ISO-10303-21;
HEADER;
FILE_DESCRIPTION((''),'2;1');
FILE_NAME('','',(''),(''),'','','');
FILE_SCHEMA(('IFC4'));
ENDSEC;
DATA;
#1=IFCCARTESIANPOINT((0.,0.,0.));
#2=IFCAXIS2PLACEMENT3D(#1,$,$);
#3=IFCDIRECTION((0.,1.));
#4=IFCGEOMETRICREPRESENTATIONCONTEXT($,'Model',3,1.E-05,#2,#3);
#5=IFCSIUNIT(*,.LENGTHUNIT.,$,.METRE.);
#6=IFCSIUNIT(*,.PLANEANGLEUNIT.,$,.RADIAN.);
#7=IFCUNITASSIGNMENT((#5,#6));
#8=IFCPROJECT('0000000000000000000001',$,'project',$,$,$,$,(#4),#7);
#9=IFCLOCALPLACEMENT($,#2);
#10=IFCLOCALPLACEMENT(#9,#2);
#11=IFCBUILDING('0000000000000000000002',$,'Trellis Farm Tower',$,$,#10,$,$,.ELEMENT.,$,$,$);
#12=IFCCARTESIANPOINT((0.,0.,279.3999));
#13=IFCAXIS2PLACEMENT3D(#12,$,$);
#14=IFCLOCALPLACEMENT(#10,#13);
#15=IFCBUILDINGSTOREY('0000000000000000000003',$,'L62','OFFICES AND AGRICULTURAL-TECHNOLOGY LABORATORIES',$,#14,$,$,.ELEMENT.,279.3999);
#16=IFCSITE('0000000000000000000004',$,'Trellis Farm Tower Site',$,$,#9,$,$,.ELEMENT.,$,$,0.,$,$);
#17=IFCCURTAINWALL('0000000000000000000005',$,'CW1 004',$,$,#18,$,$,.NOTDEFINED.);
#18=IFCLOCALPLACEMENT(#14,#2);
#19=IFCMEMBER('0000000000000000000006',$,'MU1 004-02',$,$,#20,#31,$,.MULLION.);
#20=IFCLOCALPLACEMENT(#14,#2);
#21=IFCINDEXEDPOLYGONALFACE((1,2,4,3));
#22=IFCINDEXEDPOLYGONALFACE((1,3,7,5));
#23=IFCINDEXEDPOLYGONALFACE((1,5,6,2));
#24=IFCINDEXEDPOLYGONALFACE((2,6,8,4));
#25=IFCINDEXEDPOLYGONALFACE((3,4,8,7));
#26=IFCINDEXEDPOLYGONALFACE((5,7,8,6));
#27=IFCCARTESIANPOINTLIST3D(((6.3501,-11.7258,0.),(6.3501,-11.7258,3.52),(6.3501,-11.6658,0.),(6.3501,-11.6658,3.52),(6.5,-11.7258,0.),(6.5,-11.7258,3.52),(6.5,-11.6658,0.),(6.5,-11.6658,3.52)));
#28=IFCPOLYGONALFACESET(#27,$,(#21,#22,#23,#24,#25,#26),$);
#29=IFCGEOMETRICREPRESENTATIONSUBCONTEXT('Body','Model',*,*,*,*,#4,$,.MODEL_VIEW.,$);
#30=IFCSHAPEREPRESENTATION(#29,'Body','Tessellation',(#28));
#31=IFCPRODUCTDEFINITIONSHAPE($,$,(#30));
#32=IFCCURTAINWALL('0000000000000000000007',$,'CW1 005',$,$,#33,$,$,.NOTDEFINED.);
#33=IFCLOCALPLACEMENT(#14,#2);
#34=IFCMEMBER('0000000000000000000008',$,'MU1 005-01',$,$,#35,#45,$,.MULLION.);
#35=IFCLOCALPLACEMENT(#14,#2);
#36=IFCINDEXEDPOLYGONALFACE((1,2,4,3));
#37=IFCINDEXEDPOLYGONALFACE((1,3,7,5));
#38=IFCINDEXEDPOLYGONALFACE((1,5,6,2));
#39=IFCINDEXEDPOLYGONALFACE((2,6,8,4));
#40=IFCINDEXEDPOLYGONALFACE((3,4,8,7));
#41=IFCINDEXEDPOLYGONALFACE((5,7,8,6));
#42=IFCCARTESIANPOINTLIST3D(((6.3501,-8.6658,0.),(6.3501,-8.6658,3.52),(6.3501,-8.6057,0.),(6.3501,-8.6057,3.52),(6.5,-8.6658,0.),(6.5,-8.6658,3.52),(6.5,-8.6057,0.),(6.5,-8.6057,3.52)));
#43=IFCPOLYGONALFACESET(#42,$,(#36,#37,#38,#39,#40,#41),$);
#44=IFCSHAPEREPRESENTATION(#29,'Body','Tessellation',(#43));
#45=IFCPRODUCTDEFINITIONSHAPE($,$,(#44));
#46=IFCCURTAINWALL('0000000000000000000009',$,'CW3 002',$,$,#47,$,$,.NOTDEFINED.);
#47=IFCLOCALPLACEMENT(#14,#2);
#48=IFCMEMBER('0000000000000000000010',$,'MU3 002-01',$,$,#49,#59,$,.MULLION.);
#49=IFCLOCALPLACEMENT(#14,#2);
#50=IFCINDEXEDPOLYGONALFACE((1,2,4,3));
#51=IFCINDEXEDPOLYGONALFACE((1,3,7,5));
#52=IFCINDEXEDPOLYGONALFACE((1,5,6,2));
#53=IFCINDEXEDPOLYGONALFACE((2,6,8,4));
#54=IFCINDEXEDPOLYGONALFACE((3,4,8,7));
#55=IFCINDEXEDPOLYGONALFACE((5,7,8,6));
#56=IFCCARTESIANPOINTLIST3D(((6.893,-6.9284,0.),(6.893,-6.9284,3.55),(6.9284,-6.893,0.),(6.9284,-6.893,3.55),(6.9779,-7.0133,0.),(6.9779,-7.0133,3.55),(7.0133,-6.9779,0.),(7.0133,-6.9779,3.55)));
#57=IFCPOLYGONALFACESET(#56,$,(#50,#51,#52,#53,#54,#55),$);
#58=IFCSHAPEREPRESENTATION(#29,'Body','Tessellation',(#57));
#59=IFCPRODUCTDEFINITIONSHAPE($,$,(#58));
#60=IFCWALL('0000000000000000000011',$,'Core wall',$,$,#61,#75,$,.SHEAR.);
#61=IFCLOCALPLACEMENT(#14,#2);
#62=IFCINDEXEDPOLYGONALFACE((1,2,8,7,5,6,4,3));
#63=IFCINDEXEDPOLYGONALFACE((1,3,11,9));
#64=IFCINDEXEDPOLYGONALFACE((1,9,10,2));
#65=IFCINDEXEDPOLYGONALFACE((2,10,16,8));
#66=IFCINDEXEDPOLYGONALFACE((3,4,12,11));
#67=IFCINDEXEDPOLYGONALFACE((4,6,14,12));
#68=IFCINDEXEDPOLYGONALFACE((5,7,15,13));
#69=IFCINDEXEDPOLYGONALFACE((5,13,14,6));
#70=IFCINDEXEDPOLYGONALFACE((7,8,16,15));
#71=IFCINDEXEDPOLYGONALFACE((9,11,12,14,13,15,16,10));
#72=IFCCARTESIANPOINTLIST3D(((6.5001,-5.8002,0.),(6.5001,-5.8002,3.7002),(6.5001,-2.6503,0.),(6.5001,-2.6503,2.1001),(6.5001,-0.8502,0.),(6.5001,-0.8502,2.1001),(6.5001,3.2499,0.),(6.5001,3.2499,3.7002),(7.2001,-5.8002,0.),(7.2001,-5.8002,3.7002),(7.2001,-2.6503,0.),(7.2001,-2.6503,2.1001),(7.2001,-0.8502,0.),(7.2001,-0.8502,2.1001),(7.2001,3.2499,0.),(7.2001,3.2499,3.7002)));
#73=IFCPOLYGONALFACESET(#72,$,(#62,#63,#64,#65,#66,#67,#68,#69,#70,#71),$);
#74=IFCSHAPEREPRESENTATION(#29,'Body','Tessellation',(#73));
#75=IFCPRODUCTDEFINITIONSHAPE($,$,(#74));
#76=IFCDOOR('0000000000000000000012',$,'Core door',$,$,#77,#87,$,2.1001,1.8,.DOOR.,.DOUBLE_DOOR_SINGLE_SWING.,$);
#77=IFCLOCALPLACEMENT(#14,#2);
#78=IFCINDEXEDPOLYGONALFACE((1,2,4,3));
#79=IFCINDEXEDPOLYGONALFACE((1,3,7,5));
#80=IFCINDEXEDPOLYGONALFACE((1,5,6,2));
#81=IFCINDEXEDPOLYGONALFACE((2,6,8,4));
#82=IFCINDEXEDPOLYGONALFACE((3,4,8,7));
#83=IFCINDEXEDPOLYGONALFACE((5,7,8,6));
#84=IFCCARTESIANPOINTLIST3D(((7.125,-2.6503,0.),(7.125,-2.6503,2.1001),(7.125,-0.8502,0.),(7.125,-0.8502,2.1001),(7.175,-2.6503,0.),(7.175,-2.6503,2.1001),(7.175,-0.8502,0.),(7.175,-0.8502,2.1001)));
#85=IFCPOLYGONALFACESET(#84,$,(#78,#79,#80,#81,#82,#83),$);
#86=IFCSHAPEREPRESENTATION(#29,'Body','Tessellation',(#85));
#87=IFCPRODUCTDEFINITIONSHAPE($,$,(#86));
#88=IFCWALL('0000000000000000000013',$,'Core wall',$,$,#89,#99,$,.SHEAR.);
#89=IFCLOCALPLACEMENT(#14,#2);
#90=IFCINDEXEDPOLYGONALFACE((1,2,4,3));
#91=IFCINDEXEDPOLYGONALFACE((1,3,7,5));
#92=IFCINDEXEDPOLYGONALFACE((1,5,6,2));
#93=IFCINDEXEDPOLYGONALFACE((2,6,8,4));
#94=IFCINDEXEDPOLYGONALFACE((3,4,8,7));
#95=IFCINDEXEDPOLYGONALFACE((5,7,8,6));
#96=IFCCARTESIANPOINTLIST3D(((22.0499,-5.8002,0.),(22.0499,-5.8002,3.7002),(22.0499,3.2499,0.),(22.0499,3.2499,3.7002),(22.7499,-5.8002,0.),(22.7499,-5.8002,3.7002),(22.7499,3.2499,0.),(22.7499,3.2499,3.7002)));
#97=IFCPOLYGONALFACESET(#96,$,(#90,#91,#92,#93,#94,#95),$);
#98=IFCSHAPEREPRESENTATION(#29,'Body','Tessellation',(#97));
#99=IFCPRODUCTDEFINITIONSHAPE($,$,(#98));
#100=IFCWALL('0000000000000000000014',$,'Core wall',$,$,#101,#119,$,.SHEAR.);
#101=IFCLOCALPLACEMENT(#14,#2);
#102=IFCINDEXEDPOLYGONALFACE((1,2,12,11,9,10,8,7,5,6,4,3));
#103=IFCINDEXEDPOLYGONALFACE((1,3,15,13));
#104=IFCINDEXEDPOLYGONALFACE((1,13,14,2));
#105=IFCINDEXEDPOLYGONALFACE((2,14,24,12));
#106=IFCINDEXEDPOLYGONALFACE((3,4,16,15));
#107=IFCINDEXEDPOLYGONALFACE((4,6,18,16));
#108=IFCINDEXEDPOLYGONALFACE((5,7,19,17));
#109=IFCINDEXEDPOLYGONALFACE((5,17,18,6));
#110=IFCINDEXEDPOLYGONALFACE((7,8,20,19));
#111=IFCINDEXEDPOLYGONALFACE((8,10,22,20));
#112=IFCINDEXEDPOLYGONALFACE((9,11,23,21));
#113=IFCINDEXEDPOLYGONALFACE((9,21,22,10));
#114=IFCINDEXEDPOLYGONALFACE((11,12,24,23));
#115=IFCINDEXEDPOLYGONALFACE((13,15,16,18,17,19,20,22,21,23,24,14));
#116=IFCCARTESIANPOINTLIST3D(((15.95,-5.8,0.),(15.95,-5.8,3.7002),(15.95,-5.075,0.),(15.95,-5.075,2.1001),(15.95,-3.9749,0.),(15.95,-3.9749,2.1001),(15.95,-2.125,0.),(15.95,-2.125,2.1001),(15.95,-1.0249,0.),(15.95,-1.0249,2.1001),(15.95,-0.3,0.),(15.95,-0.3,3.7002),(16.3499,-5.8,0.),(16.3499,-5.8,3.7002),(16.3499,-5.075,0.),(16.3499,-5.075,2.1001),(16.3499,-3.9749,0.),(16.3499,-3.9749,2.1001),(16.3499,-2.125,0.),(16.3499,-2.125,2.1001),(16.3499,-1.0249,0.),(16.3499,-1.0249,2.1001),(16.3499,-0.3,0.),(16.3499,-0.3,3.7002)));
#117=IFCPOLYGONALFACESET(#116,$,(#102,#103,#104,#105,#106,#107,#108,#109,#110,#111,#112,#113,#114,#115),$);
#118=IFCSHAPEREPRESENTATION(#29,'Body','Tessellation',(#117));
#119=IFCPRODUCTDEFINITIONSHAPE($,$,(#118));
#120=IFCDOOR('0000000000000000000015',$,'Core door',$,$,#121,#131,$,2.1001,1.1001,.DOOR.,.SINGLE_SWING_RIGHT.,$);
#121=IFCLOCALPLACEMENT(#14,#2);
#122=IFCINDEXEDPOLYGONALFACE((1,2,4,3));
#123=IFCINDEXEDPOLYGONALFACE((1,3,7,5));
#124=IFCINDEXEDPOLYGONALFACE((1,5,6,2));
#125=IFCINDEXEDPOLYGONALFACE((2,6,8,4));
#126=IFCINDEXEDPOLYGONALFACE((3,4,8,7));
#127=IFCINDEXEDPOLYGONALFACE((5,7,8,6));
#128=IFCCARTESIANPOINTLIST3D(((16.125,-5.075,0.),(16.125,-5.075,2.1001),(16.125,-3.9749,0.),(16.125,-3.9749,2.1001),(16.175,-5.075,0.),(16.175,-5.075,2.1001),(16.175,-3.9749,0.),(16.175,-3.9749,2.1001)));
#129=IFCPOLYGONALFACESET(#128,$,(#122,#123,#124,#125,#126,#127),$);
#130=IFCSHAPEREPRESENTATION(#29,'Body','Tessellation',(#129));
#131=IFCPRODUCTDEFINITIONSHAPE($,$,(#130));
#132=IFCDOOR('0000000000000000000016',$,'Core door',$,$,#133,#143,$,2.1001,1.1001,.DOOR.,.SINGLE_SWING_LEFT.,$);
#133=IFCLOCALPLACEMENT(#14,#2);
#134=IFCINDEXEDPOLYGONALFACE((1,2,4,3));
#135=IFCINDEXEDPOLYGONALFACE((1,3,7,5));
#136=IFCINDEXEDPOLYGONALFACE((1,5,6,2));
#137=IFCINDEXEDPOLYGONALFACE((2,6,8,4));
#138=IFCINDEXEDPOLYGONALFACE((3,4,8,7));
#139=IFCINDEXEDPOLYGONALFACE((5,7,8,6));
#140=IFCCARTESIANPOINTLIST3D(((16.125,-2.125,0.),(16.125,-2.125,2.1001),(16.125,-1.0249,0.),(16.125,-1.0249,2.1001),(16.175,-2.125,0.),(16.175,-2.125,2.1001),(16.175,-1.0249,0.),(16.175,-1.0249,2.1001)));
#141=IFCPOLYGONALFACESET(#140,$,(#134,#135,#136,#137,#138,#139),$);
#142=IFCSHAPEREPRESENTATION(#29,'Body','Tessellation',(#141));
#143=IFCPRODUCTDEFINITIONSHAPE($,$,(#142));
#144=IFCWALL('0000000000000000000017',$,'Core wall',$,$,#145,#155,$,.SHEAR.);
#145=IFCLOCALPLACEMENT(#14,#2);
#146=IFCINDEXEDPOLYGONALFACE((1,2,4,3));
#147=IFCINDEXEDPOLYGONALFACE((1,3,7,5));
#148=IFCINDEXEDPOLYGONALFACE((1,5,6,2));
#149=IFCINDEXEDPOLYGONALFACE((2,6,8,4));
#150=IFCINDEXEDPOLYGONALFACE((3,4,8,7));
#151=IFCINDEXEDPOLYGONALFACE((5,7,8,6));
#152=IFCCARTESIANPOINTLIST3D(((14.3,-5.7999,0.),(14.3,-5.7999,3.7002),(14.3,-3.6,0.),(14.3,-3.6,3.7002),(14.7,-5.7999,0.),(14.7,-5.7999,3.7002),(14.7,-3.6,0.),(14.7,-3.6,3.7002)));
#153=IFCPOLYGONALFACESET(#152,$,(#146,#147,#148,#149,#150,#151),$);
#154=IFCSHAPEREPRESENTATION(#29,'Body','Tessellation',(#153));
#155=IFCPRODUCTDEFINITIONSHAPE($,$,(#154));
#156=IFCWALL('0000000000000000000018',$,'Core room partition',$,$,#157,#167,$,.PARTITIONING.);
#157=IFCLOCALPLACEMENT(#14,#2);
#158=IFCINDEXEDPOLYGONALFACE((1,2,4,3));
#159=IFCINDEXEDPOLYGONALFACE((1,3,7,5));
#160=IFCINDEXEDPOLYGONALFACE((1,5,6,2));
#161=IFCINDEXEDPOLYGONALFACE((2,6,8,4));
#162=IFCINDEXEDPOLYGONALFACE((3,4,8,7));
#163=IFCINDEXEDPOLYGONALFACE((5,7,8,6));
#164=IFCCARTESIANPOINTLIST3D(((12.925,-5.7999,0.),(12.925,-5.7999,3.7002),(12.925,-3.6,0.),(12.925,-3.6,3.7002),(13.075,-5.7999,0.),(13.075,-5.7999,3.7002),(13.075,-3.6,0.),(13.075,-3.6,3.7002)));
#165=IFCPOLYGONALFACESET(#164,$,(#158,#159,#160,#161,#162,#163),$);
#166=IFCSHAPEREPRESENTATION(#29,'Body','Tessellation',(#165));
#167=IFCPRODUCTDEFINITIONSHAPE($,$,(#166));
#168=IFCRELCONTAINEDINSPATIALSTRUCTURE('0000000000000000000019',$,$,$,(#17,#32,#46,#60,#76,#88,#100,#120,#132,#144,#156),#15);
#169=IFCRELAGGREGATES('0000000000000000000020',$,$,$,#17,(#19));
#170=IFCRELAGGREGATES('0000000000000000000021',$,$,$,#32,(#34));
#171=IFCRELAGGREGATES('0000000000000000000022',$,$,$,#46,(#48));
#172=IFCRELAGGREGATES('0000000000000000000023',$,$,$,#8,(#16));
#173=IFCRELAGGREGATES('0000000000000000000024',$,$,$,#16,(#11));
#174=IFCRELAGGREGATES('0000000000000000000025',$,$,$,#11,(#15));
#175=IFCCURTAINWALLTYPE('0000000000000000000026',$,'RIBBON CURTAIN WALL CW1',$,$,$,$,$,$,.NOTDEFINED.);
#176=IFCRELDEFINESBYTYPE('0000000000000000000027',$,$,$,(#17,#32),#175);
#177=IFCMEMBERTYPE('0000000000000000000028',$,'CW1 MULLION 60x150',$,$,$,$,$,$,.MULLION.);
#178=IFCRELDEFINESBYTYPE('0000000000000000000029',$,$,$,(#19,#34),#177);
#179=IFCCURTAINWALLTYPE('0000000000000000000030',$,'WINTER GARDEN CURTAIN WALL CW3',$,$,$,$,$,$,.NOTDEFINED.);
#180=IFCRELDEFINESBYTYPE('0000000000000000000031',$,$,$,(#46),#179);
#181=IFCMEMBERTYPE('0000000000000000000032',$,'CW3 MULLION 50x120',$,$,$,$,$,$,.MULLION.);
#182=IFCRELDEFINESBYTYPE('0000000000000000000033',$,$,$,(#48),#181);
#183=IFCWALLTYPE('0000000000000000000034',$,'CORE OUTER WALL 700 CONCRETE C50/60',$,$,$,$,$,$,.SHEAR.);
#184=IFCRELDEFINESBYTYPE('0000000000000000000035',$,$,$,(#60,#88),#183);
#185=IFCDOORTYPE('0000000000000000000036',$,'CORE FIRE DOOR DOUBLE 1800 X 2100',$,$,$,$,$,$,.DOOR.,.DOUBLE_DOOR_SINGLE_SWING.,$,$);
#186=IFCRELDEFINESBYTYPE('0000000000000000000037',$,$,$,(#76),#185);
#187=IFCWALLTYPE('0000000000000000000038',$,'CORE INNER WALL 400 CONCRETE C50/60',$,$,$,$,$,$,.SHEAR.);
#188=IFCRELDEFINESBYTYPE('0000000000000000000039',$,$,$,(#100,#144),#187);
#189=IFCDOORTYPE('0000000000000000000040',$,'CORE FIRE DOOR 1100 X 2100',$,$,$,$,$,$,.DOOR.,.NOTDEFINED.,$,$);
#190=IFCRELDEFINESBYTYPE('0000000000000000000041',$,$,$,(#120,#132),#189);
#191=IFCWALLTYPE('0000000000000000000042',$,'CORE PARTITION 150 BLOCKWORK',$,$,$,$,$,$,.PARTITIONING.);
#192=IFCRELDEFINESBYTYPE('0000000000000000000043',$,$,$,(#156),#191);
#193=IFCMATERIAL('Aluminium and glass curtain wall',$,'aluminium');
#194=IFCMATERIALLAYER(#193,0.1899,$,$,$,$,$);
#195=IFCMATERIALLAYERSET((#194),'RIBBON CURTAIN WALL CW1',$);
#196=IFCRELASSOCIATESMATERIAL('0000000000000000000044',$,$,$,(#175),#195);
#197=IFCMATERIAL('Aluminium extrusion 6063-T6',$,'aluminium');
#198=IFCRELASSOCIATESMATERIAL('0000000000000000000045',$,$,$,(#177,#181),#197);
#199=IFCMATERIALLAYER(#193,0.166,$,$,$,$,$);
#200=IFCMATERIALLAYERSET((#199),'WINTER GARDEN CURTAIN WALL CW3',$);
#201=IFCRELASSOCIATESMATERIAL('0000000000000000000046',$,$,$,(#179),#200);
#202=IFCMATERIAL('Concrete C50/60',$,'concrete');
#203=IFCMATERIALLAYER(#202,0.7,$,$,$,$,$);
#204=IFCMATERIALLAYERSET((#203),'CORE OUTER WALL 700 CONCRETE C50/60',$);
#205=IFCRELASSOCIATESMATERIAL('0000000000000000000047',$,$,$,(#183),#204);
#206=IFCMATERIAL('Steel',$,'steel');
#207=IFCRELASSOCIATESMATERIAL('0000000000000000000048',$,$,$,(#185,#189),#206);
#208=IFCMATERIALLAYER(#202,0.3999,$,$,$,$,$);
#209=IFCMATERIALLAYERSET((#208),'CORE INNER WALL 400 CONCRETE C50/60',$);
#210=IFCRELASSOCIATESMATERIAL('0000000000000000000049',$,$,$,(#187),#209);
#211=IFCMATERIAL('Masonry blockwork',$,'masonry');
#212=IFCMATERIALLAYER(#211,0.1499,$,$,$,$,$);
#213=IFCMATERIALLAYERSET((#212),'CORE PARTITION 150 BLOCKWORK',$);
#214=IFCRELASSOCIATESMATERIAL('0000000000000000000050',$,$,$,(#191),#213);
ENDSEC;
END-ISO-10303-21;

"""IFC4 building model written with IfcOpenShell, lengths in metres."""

from ifc_helpers import new_model, si_unit, direction, frame, frame_2d, origin, origin_2d, place, context, subcontext, project, spatial, rectangle, extrude, source, transform, mapped, material, layer, layer_set, material_profile, profile_set, type_object, element, fill, aggregate, save


model = new_model("IFC4")

# Units and contexts
model_context = context("Model", 3, precision=1e-05, world=origin(), true_north=direction((0.0, 1.0)))
body_context = subcontext(model_context, "Body", "Model", "MODEL_VIEW")
ifc_project = project(units=[si_unit("LENGTHUNIT", "METRE"), si_unit("PLANEANGLEUNIT", "RADIAN")], contexts=[model_context])

# Site, building, storey
site_placement = place(None, origin())
site = spatial("IfcSite", under=ifc_project, at=site_placement, Name="Trellis Farm Tower Site", CompositionType="ELEMENT", RefElevation=0.0)
building_placement = place(site_placement, origin())
building = spatial("IfcBuilding", under=site, at=building_placement, Name="Trellis Farm Tower", CompositionType="ELEMENT")
storey_placement = place(building_placement, frame((0.0, 0.0, 279.3999)))
storey = spatial("IfcBuildingStorey", under=building, at=storey_placement, Name="L62", Description="OFFICES AND AGRICULTURAL-TECHNOLOGY LABORATORIES", CompositionType="ELEMENT", Elevation=279.3999)

# Shared definitions
ifc_material_1 = material(Name="Aluminium and glass curtain wall", Category="aluminium")
ifc_layer_1 = layer(ifc_material_1, 0.1899)
ifc_layer_set_1 = layer_set([ifc_layer_1], Name="RIBBON CURTAIN WALL CW1")
curtain_wall_type_1 = type_object("IfcCurtainWallType", Name="RIBBON CURTAIN WALL CW1", PredefinedType="NOTDEFINED", material=ifc_layer_set_1)
placement = place(storey_placement, origin())
ifc_material_2 = material(Name="Aluminium extrusion 6063-T6", Category="aluminium")
ifc_material_profile_1 = material_profile(ifc_material_2, rectangle(XDim=0.0601, YDim=0.1499, at=origin_2d()), Name="MULLION 60x150")
ifc_profile_set_1 = profile_set([ifc_material_profile_1], Name="Aluminium extrusion 6063-T6")
member_type_1 = type_object("IfcMemberType", Name="CW1 MULLION 60x150", PredefinedType="MULLION", material=ifc_profile_set_1)
shared_shape_1 = source(origin(), body_context, "Body", "SweptSolid", [
    extrude(rectangle(XDim=0.0601, YDim=0.1499, at=origin_2d()), origin(), (0.0, 0.0, 1.0), 3.52),
])

# Curtain wall, member
curtain_wall_1 = element("IfcCurtainWall", 1, at=placement, inside=storey, type_object=curtain_wall_type_1, Name="CW1 004", PredefinedType="NOTDEFINED")
member_1_placement = place(storey_placement, frame((6.425, -11.6958, 0.0), z_axis=(0.0, 0.0, 1.0), x_axis=(0.0, 1.0, 0.0)))
member_1 = element("IfcMember", 2, at=member_1_placement, type_object=member_type_1, Name="MU1 004-02", PredefinedType="MULLION", context=body_context, shape_type="MappedRepresentation", body=[
    mapped(shared_shape_1, transform((0.0, 0.0, 0.0))),
])
aggregate(curtain_wall_1, [member_1])

# Curtain walls, members
curtain_wall_2 = element("IfcCurtainWall", 3, at=placement, inside=storey, type_object=curtain_wall_type_1, Name="CW1 005", PredefinedType="NOTDEFINED")
member_2_placement = place(storey_placement, frame((6.425, -8.6357, 0.0), z_axis=(0.0, 0.0, 1.0), x_axis=(0.0, 1.0, 0.0)))
member_2 = element("IfcMember", 4, at=member_2_placement, type_object=member_type_1, Name="MU1 005-01", PredefinedType="MULLION", context=body_context, shape_type="MappedRepresentation", body=[
    mapped(shared_shape_1, transform((0.0, 0.0, 0.0))),
])
aggregate(curtain_wall_2, [member_2])
ifc_layer_2 = layer(ifc_material_1, 0.166)
ifc_layer_set_2 = layer_set([ifc_layer_2], Name="WINTER GARDEN CURTAIN WALL CW3")
curtain_wall_type_2 = type_object("IfcCurtainWallType", Name="WINTER GARDEN CURTAIN WALL CW3", PredefinedType="NOTDEFINED", material=ifc_layer_set_2)
curtain_wall_3 = element("IfcCurtainWall", 5, at=placement, inside=storey, type_object=curtain_wall_type_2, Name="CW3 002", PredefinedType="NOTDEFINED")
ifc_material_profile_2 = material_profile(ifc_material_2, rectangle(XDim=0.05, YDim=0.1201, at=origin_2d()), Name="MULLION 50x120")
ifc_profile_set_2 = profile_set([ifc_material_profile_2], Name="Aluminium extrusion 6063-T6")
member_type_2 = type_object("IfcMemberType", Name="CW3 MULLION 50x120", PredefinedType="MULLION", material=ifc_profile_set_2)
shared_shape_2 = source(origin(), body_context, "Body", "SweptSolid", [
    extrude(rectangle(XDim=0.05, YDim=0.1201, at=origin_2d()), origin(), (0.0, 0.0, 1.0), 3.55),
])
member_3_placement = place(storey_placement, frame((6.9531, -6.9531, 0.0), z_axis=(0.0, 0.0, 1.0), x_axis=(0.707107, 0.707107, 0.0)))
member_3 = element("IfcMember", 6, at=member_3_placement, type_object=member_type_2, Name="MU3 002-01", PredefinedType="MULLION", context=body_context, shape_type="MappedRepresentation", body=[
    mapped(shared_shape_2, transform((0.0, 0.0, 0.0))),
])
aggregate(curtain_wall_3, [member_3])

# Wall, opening, door
ifc_material_3 = material(Name="Concrete C50/60", Category="concrete")
ifc_layer_3 = layer(ifc_material_3, 0.7)
ifc_layer_set_3 = layer_set([ifc_layer_3], Name="CORE OUTER WALL 700 CONCRETE C50/60")
wall_type_1 = type_object("IfcWallType", Name="CORE OUTER WALL 700 CONCRETE C50/60", PredefinedType="SHEAR", material=ifc_layer_set_3)
shared_shape_3 = source(origin(), body_context, "Body", "SweptSolid", [
    extrude(rectangle(XDim=9.05, YDim=0.7, at=frame_2d((4.5249, 0.0))), origin(), (0.0, 0.0, 1.0), 3.7002),
])
wall_1_placement = place(storey_placement, frame((6.8501, -5.8, 0.0), z_axis=(0.0, 0.0, 1.0), x_axis=(0.0, 1.0, 0.0)))
wall_1 = element("IfcWall", 7, at=wall_1_placement, inside=storey, type_object=wall_type_1, Name="Core wall", PredefinedType="SHEAR", context=body_context, shape_type="MappedRepresentation", body=[
    mapped(shared_shape_3, transform((0.0, 0.0, 0.0))),
])
shared_shape_4 = source(origin(), body_context, "Body", "SweptSolid", [
    extrude(rectangle(XDim=1.8, YDim=2.1001, at=frame_2d((0.8999, 1.05))), frame((0.0, 0.3601, 0.0), z_axis=(0.0, -1.0, 0.0), x_axis=(1.0, 0.0, 0.0)), (0.0, 0.0, 1.0), 0.7202),
])
opening_1_placement = place(wall_1_placement, frame((3.1499, 0.0, 0.0)))
opening_1 = element("IfcOpeningElement", 8, at=opening_1_placement, cuts=wall_1, PredefinedType="OPENING", context=body_context, shape_type="MappedRepresentation", body=[
    mapped(shared_shape_4, transform((0.0, 0.0, 0.0))),
])
ifc_material_4 = material(Name="Steel", Category="steel")
door_type_1 = type_object("IfcDoorType", Name="CORE FIRE DOOR DOUBLE 1800 X 2100", OperationType="DOUBLE_DOOR_SINGLE_SWING", PredefinedType="DOOR", material=ifc_material_4)
shared_shape_5 = source(origin(), body_context, "Body", "SweptSolid", [
    extrude(rectangle(XDim=1.8, YDim=2.1001, at=frame_2d((0.8999, 1.05))), frame((0.0, -0.2749, 0.0), z_axis=(0.0, -1.0, 0.0), x_axis=(1.0, 0.0, 0.0)), (0.0, 0.0, 1.0), 0.05),
])
door_1_placement = place(opening_1_placement, origin())
door_1 = element("IfcDoor", 9, at=door_1_placement, inside=storey, type_object=door_type_1, Name="Core door", OperationType="DOUBLE_DOOR_SINGLE_SWING", OverallHeight=2.1001, OverallWidth=1.8, PredefinedType="DOOR", context=body_context, shape_type="MappedRepresentation", body=[
    mapped(shared_shape_5, transform((0.0, 0.0, 0.0))),
])
fill(opening_1, door_1)

# Wall
wall_2_placement = place(storey_placement, frame((22.3999, -5.8, 0.0), z_axis=(0.0, 0.0, 1.0), x_axis=(0.0, 1.0, 0.0)))
element("IfcWall", 10, at=wall_2_placement, inside=storey, type_object=wall_type_1, Name="Core wall", PredefinedType="SHEAR", context=body_context, shape_type="MappedRepresentation", body=[
    mapped(shared_shape_3, transform((0.0, 0.0, 0.0))),
])

# Wall, openings, doors
ifc_layer_4 = layer(ifc_material_3, 0.3999)
ifc_layer_set_4 = layer_set([ifc_layer_4], Name="CORE INNER WALL 400 CONCRETE C50/60")
wall_type_2 = type_object("IfcWallType", Name="CORE INNER WALL 400 CONCRETE C50/60", PredefinedType="SHEAR", material=ifc_layer_set_4)
shared_shape_6 = source(origin(), body_context, "Body", "SweptSolid", [
    extrude(rectangle(XDim=5.5, YDim=0.3999, at=frame_2d((2.75, 0.0))), origin(), (0.0, 0.0, 1.0), 3.7002),
])
wall_3_placement = place(storey_placement, frame((16.1499, -5.8, 0.0), z_axis=(0.0, 0.0, 1.0), x_axis=(0.0, 1.0, 0.0)))
wall_3 = element("IfcWall", 11, at=wall_3_placement, inside=storey, type_object=wall_type_2, Name="Core wall", PredefinedType="SHEAR", context=body_context, shape_type="MappedRepresentation", body=[
    mapped(shared_shape_6, transform((0.0, 0.0, 0.0))),
])
shared_shape_7 = source(origin(), body_context, "Body", "SweptSolid", [
    extrude(rectangle(XDim=1.1001, YDim=2.1001, at=frame_2d((0.55, 1.05))), frame((0.0, 0.21, 0.0), z_axis=(0.0, -1.0, 0.0), x_axis=(1.0, 0.0, 0.0)), (0.0, 0.0, 1.0), 0.4199),
])
opening_2_placement = place(wall_3_placement, frame((0.7251, 0.0, 0.0)))
opening_2 = element("IfcOpeningElement", 12, at=opening_2_placement, cuts=wall_3, PredefinedType="OPENING", context=body_context, shape_type="MappedRepresentation", body=[
    mapped(shared_shape_7, transform((0.0, 0.0, 0.0))),
])
opening_3_placement = place(wall_3_placement, frame((3.675, 0.0, 0.0)))
opening_3 = element("IfcOpeningElement", 13, at=opening_3_placement, cuts=wall_3, PredefinedType="OPENING", context=body_context, shape_type="MappedRepresentation", body=[
    mapped(shared_shape_7, transform((0.0, 0.0, 0.0))),
])
door_type_2 = type_object("IfcDoorType", Name="CORE FIRE DOOR 1100 X 2100", OperationType="NOTDEFINED", PredefinedType="DOOR", material=ifc_material_4)
shared_shape_8 = source(origin(), body_context, "Body", "SweptSolid", [
    extrude(rectangle(XDim=1.1001, YDim=2.1001, at=frame_2d((0.55, 1.05))), frame((0.0, 0.0249, 0.0), z_axis=(0.0, -1.0, 0.0), x_axis=(1.0, 0.0, 0.0)), (0.0, 0.0, 1.0), 0.05),
])
door_2_placement = place(opening_2_placement, origin())
door_2 = element("IfcDoor", 14, at=door_2_placement, inside=storey, type_object=door_type_2, Name="Core door", OperationType="SINGLE_SWING_RIGHT", OverallHeight=2.1001, OverallWidth=1.1001, PredefinedType="DOOR", context=body_context, shape_type="MappedRepresentation", body=[
    mapped(shared_shape_8, transform((0.0, 0.0, 0.0))),
])
fill(opening_2, door_2)
door_3_placement = place(opening_3_placement, origin())
door_3 = element("IfcDoor", 15, at=door_3_placement, inside=storey, type_object=door_type_2, Name="Core door", OperationType="SINGLE_SWING_LEFT", OverallHeight=2.1001, OverallWidth=1.1001, PredefinedType="DOOR", context=body_context, shape_type="MappedRepresentation", body=[
    mapped(shared_shape_8, transform((0.0, 0.0, 0.0))),
])
fill(opening_3, door_3)

# Walls
shared_shape_9 = source(origin(), body_context, "Body", "SweptSolid", [
    extrude(rectangle(XDim=2.2, YDim=0.3999, at=frame_2d((1.1001, 0.0))), origin(), (0.0, 0.0, 1.0), 3.7002),
])
wall_4_placement = place(storey_placement, frame((14.5, -5.8, 0.0), z_axis=(0.0, 0.0, 1.0), x_axis=(0.0, 1.0, 0.0)))
element("IfcWall", 16, at=wall_4_placement, inside=storey, type_object=wall_type_2, Name="Core wall", PredefinedType="SHEAR", context=body_context, shape_type="MappedRepresentation", body=[
    mapped(shared_shape_9, transform((0.0, 0.0, 0.0))),
])
ifc_material_5 = material(Name="Masonry blockwork", Category="masonry")
ifc_layer_5 = layer(ifc_material_5, 0.1499)
ifc_layer_set_5 = layer_set([ifc_layer_5], Name="CORE PARTITION 150 BLOCKWORK")
wall_type_3 = type_object("IfcWallType", Name="CORE PARTITION 150 BLOCKWORK", PredefinedType="PARTITIONING", material=ifc_layer_set_5)
shared_shape_10 = source(origin(), body_context, "Body", "SweptSolid", [
    extrude(rectangle(XDim=2.2, YDim=0.1499, at=frame_2d((1.1001, 0.0))), origin(), (0.0, 0.0, 1.0), 3.7002),
])
wall_5_placement = place(storey_placement, frame((13.0, -5.8, 0.0), z_axis=(0.0, 0.0, 1.0), x_axis=(0.0, 1.0, 0.0)))
element("IfcWall", 17, at=wall_5_placement, inside=storey, type_object=wall_type_3, Name="Core room partition", PredefinedType="PARTITIONING", context=body_context, shape_type="MappedRepresentation", body=[
    mapped(shared_shape_10, transform((0.0, 0.0, 0.0))),
])

save(model, "model.ifc")
